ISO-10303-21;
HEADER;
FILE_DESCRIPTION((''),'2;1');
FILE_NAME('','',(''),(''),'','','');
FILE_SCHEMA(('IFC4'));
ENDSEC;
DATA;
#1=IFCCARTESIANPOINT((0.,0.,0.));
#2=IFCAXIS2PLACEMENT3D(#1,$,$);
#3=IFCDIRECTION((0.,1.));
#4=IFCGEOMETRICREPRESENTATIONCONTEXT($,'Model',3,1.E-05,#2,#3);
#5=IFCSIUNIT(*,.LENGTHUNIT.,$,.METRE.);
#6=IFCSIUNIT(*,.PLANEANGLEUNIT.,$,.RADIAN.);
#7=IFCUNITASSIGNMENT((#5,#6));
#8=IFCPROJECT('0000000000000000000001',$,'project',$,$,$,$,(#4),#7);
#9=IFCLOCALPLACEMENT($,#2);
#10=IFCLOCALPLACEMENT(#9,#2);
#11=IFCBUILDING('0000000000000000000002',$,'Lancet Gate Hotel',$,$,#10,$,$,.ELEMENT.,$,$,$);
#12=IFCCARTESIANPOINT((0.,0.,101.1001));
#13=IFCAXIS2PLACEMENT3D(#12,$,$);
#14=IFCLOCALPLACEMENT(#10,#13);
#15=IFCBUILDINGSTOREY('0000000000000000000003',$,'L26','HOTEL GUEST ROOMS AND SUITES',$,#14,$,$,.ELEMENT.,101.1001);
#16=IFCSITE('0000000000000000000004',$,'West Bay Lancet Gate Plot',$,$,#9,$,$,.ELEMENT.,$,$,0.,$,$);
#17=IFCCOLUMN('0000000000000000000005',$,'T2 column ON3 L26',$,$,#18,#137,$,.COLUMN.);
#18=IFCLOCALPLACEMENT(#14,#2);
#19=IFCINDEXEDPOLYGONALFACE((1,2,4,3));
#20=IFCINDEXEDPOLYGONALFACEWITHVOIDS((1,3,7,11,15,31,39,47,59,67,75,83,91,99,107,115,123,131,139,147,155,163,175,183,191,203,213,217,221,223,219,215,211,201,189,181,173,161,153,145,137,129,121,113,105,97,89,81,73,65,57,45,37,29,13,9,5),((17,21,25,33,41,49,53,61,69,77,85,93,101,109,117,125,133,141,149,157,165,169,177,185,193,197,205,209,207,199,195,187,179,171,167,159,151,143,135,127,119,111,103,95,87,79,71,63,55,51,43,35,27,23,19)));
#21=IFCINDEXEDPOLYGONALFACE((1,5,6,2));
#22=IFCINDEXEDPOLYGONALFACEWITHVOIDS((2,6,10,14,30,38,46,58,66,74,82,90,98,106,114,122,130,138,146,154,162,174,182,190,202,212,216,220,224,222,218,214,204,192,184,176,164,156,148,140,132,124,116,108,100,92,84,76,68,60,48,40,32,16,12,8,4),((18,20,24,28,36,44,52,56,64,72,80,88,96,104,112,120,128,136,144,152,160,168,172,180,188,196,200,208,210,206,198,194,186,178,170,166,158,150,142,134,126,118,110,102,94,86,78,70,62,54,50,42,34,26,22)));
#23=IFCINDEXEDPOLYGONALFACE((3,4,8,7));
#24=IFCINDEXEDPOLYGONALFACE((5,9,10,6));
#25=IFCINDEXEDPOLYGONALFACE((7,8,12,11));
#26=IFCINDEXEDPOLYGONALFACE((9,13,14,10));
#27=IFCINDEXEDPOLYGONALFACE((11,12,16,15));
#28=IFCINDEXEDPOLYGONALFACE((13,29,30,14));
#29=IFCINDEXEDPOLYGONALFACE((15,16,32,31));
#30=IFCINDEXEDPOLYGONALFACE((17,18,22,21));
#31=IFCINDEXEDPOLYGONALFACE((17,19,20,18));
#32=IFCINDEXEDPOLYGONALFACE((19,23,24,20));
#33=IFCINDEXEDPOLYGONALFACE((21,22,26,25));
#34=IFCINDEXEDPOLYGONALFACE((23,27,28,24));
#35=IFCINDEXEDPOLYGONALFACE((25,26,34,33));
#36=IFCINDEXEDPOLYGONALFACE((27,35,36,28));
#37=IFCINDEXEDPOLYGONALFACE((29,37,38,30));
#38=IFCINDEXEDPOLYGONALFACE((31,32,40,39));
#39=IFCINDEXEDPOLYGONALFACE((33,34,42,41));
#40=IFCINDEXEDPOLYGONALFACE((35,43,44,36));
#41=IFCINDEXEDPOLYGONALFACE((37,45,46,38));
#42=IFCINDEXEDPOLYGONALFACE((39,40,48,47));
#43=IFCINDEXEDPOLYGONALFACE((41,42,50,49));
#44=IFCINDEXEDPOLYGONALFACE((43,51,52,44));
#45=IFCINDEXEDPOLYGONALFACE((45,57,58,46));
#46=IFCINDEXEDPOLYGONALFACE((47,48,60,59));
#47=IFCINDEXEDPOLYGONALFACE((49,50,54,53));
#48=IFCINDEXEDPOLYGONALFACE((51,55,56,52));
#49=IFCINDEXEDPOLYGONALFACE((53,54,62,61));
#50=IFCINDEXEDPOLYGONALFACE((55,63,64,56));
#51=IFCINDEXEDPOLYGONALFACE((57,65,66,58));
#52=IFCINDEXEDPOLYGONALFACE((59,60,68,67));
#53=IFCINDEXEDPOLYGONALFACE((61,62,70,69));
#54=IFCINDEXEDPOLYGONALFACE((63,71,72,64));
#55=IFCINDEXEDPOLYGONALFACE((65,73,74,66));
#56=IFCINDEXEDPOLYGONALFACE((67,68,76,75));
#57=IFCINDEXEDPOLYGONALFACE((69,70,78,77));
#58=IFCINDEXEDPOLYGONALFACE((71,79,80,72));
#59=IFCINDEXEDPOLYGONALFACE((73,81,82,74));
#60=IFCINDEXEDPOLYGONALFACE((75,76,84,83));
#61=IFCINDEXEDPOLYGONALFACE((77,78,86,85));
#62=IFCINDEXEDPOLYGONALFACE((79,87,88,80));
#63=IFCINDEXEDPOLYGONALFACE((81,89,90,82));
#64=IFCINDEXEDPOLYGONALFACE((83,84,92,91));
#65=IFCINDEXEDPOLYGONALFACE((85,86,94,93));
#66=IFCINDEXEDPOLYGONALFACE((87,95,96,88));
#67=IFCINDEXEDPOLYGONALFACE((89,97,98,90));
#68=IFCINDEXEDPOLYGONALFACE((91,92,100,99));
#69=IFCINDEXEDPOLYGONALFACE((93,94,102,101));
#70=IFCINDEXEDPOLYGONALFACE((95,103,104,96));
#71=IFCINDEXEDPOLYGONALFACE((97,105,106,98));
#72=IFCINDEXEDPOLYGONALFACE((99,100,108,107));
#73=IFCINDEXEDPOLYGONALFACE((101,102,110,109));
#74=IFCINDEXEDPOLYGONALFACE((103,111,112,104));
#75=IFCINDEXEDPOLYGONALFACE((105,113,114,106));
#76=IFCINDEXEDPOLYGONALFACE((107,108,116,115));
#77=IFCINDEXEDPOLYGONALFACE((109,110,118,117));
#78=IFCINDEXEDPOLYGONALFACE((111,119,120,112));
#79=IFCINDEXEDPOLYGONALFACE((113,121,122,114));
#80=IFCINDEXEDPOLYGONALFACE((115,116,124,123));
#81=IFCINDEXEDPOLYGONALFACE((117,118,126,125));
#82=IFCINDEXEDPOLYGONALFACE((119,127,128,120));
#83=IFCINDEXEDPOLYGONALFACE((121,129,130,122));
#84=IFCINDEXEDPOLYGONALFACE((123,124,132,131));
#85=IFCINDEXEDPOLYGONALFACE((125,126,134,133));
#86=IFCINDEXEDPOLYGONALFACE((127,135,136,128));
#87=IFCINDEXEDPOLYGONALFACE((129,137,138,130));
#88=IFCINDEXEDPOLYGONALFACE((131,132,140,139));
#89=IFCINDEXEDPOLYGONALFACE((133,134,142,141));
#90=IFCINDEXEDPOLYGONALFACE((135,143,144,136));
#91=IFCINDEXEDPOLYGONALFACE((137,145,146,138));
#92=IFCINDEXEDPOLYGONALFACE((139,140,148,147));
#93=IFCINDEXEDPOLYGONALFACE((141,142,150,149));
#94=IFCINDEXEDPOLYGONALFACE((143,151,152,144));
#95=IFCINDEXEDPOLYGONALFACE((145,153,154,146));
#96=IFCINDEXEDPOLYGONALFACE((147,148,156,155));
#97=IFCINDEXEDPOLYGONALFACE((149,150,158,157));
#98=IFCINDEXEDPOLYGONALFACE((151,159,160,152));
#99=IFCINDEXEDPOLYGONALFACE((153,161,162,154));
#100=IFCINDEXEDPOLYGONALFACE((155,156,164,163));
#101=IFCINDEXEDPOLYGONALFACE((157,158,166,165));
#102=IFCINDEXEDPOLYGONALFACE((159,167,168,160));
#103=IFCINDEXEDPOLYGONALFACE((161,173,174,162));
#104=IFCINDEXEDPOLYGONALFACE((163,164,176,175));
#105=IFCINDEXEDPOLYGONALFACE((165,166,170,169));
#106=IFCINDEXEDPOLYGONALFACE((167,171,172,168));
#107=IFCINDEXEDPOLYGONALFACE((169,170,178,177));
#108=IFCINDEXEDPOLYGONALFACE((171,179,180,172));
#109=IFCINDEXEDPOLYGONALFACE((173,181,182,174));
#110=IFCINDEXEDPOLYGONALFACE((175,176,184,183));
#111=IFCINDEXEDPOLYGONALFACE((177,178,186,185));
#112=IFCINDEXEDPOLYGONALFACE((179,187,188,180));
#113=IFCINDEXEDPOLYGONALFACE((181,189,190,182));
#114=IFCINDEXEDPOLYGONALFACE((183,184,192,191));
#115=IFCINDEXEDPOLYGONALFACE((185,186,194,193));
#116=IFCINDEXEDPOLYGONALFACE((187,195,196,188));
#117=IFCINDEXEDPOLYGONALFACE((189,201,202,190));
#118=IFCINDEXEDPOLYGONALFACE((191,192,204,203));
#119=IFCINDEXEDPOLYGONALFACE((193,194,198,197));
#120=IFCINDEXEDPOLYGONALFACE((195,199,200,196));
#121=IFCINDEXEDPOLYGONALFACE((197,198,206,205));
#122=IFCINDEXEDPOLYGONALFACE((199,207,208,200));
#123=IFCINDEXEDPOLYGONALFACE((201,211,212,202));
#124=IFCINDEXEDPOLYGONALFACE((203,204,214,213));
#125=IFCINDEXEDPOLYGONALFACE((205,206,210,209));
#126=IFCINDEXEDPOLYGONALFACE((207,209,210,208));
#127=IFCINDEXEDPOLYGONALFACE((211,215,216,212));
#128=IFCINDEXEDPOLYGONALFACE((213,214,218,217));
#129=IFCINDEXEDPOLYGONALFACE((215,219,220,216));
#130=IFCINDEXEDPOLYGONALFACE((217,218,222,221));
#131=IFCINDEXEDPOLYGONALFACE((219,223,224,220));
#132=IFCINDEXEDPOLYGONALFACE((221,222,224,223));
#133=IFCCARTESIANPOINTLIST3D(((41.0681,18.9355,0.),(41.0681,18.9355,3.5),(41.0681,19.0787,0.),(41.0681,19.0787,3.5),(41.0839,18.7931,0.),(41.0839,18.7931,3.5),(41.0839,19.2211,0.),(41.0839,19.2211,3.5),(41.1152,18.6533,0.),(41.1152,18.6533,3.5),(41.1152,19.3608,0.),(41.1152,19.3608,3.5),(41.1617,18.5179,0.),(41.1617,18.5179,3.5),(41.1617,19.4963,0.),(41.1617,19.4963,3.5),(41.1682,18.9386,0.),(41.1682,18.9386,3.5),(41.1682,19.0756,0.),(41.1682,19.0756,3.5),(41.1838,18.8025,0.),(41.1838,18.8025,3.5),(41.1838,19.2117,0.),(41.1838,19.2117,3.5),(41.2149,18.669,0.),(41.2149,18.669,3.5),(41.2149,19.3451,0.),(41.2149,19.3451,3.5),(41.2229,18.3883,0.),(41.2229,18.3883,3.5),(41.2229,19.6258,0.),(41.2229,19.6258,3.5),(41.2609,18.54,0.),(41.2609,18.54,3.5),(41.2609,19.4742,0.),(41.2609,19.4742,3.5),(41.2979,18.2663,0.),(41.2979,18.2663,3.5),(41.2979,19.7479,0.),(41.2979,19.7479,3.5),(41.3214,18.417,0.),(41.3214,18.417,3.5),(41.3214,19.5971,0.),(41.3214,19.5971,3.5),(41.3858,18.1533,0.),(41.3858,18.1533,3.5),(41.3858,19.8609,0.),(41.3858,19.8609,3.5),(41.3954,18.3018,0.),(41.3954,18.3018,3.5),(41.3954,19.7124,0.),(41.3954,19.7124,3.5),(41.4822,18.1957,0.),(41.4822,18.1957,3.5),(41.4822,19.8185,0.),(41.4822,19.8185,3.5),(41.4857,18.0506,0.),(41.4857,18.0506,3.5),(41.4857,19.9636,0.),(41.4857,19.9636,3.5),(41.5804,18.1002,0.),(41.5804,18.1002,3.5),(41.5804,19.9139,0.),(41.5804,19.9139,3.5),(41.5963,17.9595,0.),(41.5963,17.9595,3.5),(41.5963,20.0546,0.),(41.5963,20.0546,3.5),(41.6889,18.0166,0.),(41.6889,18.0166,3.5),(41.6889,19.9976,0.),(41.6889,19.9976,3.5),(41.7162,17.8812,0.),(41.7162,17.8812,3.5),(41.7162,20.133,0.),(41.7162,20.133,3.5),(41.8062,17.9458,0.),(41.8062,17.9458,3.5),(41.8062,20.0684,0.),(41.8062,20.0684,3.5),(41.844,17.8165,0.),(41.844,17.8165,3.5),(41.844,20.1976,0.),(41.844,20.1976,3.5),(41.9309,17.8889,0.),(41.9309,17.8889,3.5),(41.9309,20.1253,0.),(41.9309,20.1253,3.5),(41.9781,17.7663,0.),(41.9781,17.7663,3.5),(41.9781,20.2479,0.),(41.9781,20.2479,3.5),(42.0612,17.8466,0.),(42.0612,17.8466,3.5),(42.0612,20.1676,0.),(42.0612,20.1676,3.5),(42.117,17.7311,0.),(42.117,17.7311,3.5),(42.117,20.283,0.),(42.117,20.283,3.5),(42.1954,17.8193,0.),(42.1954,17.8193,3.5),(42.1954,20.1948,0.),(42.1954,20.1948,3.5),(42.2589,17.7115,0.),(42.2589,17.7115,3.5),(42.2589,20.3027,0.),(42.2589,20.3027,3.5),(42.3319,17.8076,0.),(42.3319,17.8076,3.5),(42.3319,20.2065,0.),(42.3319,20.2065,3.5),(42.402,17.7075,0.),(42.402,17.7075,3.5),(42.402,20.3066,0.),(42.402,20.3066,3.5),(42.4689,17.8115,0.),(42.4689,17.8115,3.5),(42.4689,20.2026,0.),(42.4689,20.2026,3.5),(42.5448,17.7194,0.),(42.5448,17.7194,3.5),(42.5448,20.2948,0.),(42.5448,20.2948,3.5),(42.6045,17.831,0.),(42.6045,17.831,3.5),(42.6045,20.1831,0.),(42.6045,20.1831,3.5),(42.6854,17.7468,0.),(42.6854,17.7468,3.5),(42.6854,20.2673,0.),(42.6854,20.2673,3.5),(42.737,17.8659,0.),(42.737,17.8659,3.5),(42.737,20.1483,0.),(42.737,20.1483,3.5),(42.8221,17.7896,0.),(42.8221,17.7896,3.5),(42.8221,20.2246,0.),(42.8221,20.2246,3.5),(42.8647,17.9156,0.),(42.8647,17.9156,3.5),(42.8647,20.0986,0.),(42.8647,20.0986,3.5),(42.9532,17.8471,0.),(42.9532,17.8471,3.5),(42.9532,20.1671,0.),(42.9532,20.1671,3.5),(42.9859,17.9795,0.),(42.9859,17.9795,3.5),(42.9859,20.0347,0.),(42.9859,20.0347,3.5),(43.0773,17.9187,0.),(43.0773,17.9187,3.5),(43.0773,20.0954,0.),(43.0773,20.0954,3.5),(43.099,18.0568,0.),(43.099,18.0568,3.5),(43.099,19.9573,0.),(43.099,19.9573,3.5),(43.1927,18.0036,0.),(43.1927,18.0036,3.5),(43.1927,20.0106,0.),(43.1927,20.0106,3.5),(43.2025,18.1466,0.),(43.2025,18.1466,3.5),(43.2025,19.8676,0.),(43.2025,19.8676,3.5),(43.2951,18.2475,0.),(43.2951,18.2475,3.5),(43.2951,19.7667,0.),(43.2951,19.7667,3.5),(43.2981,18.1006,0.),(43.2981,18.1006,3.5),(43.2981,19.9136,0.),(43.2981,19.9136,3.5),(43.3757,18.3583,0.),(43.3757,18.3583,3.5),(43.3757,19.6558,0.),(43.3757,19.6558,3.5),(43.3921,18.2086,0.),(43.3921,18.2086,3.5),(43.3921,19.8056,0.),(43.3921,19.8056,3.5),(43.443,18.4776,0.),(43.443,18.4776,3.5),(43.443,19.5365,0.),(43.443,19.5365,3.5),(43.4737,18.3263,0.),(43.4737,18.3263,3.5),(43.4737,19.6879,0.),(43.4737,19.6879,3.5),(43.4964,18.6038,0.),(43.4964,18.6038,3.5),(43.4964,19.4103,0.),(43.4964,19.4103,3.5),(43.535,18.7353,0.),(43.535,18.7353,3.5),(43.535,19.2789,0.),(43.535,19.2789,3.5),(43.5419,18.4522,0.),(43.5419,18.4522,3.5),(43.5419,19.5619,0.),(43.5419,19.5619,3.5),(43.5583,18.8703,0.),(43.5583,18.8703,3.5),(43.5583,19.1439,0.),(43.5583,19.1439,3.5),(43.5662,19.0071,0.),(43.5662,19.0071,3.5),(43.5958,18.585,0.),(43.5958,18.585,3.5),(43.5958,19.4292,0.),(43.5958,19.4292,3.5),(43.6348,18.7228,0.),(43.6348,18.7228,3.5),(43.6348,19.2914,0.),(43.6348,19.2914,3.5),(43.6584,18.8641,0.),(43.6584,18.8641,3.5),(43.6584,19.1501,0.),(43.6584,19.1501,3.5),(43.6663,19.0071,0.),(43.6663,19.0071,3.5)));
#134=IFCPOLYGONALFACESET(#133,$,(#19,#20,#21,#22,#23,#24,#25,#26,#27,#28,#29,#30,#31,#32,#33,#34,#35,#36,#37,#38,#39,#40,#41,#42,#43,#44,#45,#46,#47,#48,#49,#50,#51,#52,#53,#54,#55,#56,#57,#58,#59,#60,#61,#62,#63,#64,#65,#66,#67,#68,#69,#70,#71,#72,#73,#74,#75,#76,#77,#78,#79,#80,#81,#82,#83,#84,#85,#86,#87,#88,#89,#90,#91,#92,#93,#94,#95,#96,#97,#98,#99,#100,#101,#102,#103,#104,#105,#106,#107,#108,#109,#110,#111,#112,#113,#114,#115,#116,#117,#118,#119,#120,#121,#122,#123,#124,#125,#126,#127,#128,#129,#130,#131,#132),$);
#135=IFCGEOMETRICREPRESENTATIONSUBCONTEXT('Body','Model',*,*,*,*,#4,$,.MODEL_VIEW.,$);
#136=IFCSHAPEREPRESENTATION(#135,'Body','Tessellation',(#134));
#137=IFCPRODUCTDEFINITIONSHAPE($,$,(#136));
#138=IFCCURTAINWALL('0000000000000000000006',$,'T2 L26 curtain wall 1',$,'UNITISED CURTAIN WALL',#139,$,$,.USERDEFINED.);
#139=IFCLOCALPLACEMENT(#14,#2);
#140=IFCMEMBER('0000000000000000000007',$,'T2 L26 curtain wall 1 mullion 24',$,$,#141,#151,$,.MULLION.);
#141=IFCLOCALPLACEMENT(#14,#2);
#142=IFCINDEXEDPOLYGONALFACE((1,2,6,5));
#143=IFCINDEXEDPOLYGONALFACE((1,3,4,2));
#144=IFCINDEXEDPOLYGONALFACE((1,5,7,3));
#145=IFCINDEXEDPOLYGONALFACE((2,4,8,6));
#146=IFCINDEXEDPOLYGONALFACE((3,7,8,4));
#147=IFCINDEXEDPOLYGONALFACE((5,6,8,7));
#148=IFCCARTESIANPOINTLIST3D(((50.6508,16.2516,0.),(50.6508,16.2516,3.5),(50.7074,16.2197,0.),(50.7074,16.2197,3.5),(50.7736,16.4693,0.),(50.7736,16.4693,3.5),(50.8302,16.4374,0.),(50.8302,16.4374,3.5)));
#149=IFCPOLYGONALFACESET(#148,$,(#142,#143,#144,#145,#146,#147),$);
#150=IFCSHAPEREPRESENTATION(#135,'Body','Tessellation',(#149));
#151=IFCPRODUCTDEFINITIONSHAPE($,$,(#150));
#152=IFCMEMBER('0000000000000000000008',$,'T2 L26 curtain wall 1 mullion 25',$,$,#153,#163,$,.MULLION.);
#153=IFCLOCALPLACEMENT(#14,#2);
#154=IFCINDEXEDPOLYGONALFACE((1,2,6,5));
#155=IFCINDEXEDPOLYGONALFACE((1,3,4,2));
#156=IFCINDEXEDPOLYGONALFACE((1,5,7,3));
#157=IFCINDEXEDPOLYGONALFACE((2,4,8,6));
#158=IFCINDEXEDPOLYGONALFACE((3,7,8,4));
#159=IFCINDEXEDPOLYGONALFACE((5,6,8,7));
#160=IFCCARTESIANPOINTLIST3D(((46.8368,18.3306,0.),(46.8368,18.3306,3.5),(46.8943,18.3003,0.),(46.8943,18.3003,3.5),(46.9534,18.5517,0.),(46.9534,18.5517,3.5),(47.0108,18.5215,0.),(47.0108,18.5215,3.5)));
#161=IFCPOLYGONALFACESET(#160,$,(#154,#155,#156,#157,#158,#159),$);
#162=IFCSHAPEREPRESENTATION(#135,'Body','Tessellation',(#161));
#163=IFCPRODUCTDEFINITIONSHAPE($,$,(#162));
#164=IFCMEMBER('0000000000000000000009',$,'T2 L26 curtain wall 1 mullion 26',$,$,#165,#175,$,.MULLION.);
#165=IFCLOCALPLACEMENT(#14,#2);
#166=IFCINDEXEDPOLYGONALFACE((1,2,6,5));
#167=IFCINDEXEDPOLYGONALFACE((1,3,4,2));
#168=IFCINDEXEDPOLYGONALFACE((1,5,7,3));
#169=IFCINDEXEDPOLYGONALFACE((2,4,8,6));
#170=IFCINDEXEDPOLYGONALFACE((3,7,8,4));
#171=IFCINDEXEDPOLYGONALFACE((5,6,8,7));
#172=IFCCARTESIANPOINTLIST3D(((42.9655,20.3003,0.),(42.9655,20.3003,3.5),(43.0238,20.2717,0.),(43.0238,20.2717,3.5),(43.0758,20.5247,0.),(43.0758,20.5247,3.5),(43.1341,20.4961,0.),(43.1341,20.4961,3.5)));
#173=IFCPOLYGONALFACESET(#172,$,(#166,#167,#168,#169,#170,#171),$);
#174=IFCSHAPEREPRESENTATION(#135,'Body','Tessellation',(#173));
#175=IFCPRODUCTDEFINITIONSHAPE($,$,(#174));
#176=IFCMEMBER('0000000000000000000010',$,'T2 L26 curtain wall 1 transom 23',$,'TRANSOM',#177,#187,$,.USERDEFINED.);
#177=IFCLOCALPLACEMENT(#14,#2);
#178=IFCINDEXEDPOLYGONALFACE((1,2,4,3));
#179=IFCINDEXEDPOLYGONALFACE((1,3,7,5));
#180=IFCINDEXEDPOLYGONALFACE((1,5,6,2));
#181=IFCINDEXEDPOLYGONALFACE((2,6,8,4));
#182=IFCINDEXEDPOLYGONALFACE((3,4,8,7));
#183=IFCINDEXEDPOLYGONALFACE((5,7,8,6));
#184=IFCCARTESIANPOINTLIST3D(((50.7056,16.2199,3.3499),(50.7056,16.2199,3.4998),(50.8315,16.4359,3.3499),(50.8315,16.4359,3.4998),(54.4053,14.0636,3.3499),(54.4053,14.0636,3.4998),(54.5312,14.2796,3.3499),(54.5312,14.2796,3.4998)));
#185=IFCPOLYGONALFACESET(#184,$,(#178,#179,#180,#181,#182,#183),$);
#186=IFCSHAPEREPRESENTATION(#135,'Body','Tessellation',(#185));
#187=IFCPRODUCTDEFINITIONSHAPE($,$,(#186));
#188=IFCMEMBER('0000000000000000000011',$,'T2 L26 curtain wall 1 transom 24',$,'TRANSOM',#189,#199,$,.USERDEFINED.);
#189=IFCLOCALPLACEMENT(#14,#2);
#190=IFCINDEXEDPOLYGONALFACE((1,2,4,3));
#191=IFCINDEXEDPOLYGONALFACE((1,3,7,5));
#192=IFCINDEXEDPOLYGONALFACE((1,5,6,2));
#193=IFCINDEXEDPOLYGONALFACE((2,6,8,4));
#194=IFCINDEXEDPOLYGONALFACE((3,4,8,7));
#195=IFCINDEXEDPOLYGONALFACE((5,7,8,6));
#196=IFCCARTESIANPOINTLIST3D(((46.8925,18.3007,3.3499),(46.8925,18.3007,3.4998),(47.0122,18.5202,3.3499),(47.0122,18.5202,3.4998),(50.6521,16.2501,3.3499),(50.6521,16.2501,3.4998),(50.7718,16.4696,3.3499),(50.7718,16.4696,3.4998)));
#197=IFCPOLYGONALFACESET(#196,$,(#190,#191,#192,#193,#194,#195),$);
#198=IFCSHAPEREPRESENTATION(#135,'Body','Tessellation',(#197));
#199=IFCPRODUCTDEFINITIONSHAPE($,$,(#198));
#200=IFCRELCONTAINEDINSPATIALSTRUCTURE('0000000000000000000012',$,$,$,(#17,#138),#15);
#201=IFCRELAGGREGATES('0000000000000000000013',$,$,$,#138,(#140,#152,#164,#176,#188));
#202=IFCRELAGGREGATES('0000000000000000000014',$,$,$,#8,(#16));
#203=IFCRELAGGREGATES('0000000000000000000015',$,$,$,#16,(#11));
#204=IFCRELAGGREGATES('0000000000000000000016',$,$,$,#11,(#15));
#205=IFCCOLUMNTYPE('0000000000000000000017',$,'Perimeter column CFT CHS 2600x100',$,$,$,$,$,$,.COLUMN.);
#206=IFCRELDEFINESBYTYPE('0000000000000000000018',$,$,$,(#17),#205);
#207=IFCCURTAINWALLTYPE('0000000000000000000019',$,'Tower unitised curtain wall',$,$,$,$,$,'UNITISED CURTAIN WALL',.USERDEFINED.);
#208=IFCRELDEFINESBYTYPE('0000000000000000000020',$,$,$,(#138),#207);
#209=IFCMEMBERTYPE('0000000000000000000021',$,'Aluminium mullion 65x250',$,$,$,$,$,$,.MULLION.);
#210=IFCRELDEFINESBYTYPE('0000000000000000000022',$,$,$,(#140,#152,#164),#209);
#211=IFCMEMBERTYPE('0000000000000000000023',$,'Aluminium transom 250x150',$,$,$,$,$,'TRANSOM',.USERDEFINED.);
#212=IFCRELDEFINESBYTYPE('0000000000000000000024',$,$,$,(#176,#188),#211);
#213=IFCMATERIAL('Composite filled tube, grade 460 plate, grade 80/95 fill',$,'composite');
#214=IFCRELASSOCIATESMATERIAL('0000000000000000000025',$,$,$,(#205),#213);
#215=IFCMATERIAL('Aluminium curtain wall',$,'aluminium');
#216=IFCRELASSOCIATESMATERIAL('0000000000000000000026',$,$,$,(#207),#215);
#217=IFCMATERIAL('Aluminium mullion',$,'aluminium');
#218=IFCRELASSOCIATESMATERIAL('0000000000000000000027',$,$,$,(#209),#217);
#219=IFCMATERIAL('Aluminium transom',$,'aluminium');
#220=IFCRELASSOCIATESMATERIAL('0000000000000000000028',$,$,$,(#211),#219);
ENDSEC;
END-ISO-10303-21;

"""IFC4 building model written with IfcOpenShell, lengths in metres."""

from ifc_helpers import new_model, si_unit, direction, frame, origin, origin_2d, place, context, subcontext, project, spatial, rectangle, hollow_circle, extrude, material, material_profile, profile_set, type_object, element, aggregate, save


model = new_model("IFC4")

# Units and contexts
model_context = context("Model", 3, precision=1e-05, world=origin(), true_north=direction((0.0, 1.0)))
body_context = subcontext(model_context, "Body", "Model", "MODEL_VIEW")
ifc_project = project(units=[si_unit("LENGTHUNIT", "METRE"), si_unit("PLANEANGLEUNIT", "RADIAN")], contexts=[model_context])

# Site, building, storey
site_placement = place(None, origin())
site = spatial("IfcSite", under=ifc_project, at=site_placement, Name="West Bay Lancet Gate Plot", CompositionType="ELEMENT", RefElevation=0.0)
building_placement = place(site_placement, origin())
building = spatial("IfcBuilding", under=site, at=building_placement, Name="Lancet Gate Hotel", CompositionType="ELEMENT")
storey_placement = place(building_placement, frame((0.0, 0.0, 101.1001)))
storey = spatial("IfcBuildingStorey", under=building, at=storey_placement, Name="L26", Description="HOTEL GUEST ROOMS AND SUITES", CompositionType="ELEMENT", Elevation=101.1001)

# Column
ifc_material_1 = material(Name="Composite filled tube, grade 460 plate, grade 80/95 fill", Category="composite")
ifc_material_profile_1 = material_profile(ifc_material_1, hollow_circle(Radius=1.3, WallThickness=0.1001, at=origin_2d()), Name="CHS 2600x100")
ifc_profile_set_1 = profile_set([ifc_material_profile_1], Name="Composite filled tube, grade 460 plate, grade 80/95 fill")
column_type = type_object("IfcColumnType", Name="Perimeter column CFT CHS 2600x100", PredefinedType="COLUMN", material=ifc_profile_set_1)
for number, where, z_axis, x_axis, name in (
    (1, (42.3662, 19.0071, 0.0), (0.0, 0.0, 1.0), (1.0, 0.0, 0.0), "T2 column ON3 L26"),
):
    element("IfcColumn", number, at=place(storey_placement, frame(where, z_axis=z_axis, x_axis=x_axis)), inside=storey, type_object=column_type, Name=name, PredefinedType="COLUMN", context=body_context, shape_type="SweptSolid", body=[
        extrude(hollow_circle(Radius=1.3, WallThickness=0.1001, at=origin_2d()), origin(), (0.0, 0.0, 1.0), 3.5),
    ])

# Curtain wall, members
ifc_material_2 = material(Name="Aluminium curtain wall", Category="aluminium")
curtain_wall_type = type_object("IfcCurtainWallType", Name="Tower unitised curtain wall", ElementType="UNITISED CURTAIN WALL", PredefinedType="USERDEFINED", material=ifc_material_2)
curtain_wall_placement = place(storey_placement, origin())
curtain_wall = element("IfcCurtainWall", 2, at=curtain_wall_placement, inside=storey, type_object=curtain_wall_type, Name="T2 L26 curtain wall 1", ObjectType="UNITISED CURTAIN WALL", PredefinedType="USERDEFINED")
ifc_material_3 = material(Name="Aluminium mullion", Category="aluminium")
ifc_material_profile_2 = material_profile(ifc_material_3, rectangle(XDim=0.0649, YDim=0.25, at=origin_2d()), Name="MULLION 65x250")
ifc_profile_set_2 = profile_set([ifc_material_profile_2], Name="Aluminium mullion")
member_type_1 = type_object("IfcMemberType", Name="Aluminium mullion 65x250", PredefinedType="MULLION", material=ifc_profile_set_2)
member_1_placement = place(storey_placement, frame((50.7405, 16.3445, 0.0), z_axis=(0.0, 0.0, 1.0), x_axis=(-0.871029, 0.491232, 0.0)))
member_1 = element("IfcMember", 3, at=member_1_placement, type_object=member_type_1, Name="T2 L26 curtain wall 1 mullion 24", PredefinedType="MULLION", context=body_context, shape_type="SweptSolid", body=[
    extrude(rectangle(XDim=0.0649, YDim=0.25, at=origin_2d()), origin(), (0.0, 0.0, 1.0), 3.5),
])
member_2_placement = place(storey_placement, frame((46.9238, 18.426, 0.0), z_axis=(0.0, 0.0, 1.0), x_axis=(-0.884627, 0.466299, 0.0)))
member_2 = element("IfcMember", 4, at=member_2_placement, type_object=member_type_1, Name="T2 L26 curtain wall 1 mullion 25", PredefinedType="MULLION", context=body_context, shape_type="SweptSolid", body=[
    extrude(rectangle(XDim=0.0649, YDim=0.25, at=origin_2d()), origin(), (0.0, 0.0, 1.0), 3.5),
])
member_3_placement = place(storey_placement, frame((43.0498, 20.3982, 0.0), z_axis=(0.0, 0.0, 1.0), x_axis=(-0.897512, 0.44099, 0.0)))
member_3 = element("IfcMember", 5, at=member_3_placement, type_object=member_type_1, Name="T2 L26 curtain wall 1 mullion 26", PredefinedType="MULLION", context=body_context, shape_type="SweptSolid", body=[
    extrude(rectangle(XDim=0.0649, YDim=0.25, at=origin_2d()), origin(), (0.0, 0.0, 1.0), 3.5),
])
ifc_material_4 = material(Name="Aluminium transom", Category="aluminium")
ifc_material_profile_3 = material_profile(ifc_material_4, rectangle(XDim=0.25, YDim=0.1499, at=origin_2d()), Name="TRANSOM 250x150")
ifc_profile_set_3 = profile_set([ifc_material_profile_3], Name="Aluminium transom")
member_type_2 = type_object("IfcMemberType", Name="Aluminium transom 250x150", ElementType="TRANSOM", PredefinedType="USERDEFINED", material=ifc_profile_set_3)
member_4_placement = place(storey_placement, frame((54.4683, 14.1716, 3.4248), z_axis=(-0.863973, 0.503538, 0.0), x_axis=(-0.503538, -0.863973, 0.0)))
member_4 = element("IfcMember", 6, at=member_4_placement, type_object=member_type_2, Name="T2 L26 curtain wall 1 transom 23", ObjectType="TRANSOM", PredefinedType="USERDEFINED", context=body_context, shape_type="SweptSolid", body=[
    extrude(rectangle(XDim=0.25, YDim=0.1499, at=origin_2d()), origin(), (0.0, 0.0, 1.0), 4.2822),
])
member_5_placement = place(storey_placement, frame((50.7119, 16.3599, 3.4248), z_axis=(-0.877906, 0.478832, 0.0), x_axis=(-0.478832, -0.877906, 0.0)))
member_5 = element("IfcMember", 7, at=member_5_placement, type_object=member_type_2, Name="T2 L26 curtain wall 1 transom 24", ObjectType="TRANSOM", PredefinedType="USERDEFINED", context=body_context, shape_type="SweptSolid", body=[
    extrude(rectangle(XDim=0.25, YDim=0.1499, at=origin_2d()), origin(), (0.0, 0.0, 1.0), 4.2825),
])

aggregate(curtain_wall, [member_1, member_2, member_3, member_4, member_5])

save(model, "model.ifc")
